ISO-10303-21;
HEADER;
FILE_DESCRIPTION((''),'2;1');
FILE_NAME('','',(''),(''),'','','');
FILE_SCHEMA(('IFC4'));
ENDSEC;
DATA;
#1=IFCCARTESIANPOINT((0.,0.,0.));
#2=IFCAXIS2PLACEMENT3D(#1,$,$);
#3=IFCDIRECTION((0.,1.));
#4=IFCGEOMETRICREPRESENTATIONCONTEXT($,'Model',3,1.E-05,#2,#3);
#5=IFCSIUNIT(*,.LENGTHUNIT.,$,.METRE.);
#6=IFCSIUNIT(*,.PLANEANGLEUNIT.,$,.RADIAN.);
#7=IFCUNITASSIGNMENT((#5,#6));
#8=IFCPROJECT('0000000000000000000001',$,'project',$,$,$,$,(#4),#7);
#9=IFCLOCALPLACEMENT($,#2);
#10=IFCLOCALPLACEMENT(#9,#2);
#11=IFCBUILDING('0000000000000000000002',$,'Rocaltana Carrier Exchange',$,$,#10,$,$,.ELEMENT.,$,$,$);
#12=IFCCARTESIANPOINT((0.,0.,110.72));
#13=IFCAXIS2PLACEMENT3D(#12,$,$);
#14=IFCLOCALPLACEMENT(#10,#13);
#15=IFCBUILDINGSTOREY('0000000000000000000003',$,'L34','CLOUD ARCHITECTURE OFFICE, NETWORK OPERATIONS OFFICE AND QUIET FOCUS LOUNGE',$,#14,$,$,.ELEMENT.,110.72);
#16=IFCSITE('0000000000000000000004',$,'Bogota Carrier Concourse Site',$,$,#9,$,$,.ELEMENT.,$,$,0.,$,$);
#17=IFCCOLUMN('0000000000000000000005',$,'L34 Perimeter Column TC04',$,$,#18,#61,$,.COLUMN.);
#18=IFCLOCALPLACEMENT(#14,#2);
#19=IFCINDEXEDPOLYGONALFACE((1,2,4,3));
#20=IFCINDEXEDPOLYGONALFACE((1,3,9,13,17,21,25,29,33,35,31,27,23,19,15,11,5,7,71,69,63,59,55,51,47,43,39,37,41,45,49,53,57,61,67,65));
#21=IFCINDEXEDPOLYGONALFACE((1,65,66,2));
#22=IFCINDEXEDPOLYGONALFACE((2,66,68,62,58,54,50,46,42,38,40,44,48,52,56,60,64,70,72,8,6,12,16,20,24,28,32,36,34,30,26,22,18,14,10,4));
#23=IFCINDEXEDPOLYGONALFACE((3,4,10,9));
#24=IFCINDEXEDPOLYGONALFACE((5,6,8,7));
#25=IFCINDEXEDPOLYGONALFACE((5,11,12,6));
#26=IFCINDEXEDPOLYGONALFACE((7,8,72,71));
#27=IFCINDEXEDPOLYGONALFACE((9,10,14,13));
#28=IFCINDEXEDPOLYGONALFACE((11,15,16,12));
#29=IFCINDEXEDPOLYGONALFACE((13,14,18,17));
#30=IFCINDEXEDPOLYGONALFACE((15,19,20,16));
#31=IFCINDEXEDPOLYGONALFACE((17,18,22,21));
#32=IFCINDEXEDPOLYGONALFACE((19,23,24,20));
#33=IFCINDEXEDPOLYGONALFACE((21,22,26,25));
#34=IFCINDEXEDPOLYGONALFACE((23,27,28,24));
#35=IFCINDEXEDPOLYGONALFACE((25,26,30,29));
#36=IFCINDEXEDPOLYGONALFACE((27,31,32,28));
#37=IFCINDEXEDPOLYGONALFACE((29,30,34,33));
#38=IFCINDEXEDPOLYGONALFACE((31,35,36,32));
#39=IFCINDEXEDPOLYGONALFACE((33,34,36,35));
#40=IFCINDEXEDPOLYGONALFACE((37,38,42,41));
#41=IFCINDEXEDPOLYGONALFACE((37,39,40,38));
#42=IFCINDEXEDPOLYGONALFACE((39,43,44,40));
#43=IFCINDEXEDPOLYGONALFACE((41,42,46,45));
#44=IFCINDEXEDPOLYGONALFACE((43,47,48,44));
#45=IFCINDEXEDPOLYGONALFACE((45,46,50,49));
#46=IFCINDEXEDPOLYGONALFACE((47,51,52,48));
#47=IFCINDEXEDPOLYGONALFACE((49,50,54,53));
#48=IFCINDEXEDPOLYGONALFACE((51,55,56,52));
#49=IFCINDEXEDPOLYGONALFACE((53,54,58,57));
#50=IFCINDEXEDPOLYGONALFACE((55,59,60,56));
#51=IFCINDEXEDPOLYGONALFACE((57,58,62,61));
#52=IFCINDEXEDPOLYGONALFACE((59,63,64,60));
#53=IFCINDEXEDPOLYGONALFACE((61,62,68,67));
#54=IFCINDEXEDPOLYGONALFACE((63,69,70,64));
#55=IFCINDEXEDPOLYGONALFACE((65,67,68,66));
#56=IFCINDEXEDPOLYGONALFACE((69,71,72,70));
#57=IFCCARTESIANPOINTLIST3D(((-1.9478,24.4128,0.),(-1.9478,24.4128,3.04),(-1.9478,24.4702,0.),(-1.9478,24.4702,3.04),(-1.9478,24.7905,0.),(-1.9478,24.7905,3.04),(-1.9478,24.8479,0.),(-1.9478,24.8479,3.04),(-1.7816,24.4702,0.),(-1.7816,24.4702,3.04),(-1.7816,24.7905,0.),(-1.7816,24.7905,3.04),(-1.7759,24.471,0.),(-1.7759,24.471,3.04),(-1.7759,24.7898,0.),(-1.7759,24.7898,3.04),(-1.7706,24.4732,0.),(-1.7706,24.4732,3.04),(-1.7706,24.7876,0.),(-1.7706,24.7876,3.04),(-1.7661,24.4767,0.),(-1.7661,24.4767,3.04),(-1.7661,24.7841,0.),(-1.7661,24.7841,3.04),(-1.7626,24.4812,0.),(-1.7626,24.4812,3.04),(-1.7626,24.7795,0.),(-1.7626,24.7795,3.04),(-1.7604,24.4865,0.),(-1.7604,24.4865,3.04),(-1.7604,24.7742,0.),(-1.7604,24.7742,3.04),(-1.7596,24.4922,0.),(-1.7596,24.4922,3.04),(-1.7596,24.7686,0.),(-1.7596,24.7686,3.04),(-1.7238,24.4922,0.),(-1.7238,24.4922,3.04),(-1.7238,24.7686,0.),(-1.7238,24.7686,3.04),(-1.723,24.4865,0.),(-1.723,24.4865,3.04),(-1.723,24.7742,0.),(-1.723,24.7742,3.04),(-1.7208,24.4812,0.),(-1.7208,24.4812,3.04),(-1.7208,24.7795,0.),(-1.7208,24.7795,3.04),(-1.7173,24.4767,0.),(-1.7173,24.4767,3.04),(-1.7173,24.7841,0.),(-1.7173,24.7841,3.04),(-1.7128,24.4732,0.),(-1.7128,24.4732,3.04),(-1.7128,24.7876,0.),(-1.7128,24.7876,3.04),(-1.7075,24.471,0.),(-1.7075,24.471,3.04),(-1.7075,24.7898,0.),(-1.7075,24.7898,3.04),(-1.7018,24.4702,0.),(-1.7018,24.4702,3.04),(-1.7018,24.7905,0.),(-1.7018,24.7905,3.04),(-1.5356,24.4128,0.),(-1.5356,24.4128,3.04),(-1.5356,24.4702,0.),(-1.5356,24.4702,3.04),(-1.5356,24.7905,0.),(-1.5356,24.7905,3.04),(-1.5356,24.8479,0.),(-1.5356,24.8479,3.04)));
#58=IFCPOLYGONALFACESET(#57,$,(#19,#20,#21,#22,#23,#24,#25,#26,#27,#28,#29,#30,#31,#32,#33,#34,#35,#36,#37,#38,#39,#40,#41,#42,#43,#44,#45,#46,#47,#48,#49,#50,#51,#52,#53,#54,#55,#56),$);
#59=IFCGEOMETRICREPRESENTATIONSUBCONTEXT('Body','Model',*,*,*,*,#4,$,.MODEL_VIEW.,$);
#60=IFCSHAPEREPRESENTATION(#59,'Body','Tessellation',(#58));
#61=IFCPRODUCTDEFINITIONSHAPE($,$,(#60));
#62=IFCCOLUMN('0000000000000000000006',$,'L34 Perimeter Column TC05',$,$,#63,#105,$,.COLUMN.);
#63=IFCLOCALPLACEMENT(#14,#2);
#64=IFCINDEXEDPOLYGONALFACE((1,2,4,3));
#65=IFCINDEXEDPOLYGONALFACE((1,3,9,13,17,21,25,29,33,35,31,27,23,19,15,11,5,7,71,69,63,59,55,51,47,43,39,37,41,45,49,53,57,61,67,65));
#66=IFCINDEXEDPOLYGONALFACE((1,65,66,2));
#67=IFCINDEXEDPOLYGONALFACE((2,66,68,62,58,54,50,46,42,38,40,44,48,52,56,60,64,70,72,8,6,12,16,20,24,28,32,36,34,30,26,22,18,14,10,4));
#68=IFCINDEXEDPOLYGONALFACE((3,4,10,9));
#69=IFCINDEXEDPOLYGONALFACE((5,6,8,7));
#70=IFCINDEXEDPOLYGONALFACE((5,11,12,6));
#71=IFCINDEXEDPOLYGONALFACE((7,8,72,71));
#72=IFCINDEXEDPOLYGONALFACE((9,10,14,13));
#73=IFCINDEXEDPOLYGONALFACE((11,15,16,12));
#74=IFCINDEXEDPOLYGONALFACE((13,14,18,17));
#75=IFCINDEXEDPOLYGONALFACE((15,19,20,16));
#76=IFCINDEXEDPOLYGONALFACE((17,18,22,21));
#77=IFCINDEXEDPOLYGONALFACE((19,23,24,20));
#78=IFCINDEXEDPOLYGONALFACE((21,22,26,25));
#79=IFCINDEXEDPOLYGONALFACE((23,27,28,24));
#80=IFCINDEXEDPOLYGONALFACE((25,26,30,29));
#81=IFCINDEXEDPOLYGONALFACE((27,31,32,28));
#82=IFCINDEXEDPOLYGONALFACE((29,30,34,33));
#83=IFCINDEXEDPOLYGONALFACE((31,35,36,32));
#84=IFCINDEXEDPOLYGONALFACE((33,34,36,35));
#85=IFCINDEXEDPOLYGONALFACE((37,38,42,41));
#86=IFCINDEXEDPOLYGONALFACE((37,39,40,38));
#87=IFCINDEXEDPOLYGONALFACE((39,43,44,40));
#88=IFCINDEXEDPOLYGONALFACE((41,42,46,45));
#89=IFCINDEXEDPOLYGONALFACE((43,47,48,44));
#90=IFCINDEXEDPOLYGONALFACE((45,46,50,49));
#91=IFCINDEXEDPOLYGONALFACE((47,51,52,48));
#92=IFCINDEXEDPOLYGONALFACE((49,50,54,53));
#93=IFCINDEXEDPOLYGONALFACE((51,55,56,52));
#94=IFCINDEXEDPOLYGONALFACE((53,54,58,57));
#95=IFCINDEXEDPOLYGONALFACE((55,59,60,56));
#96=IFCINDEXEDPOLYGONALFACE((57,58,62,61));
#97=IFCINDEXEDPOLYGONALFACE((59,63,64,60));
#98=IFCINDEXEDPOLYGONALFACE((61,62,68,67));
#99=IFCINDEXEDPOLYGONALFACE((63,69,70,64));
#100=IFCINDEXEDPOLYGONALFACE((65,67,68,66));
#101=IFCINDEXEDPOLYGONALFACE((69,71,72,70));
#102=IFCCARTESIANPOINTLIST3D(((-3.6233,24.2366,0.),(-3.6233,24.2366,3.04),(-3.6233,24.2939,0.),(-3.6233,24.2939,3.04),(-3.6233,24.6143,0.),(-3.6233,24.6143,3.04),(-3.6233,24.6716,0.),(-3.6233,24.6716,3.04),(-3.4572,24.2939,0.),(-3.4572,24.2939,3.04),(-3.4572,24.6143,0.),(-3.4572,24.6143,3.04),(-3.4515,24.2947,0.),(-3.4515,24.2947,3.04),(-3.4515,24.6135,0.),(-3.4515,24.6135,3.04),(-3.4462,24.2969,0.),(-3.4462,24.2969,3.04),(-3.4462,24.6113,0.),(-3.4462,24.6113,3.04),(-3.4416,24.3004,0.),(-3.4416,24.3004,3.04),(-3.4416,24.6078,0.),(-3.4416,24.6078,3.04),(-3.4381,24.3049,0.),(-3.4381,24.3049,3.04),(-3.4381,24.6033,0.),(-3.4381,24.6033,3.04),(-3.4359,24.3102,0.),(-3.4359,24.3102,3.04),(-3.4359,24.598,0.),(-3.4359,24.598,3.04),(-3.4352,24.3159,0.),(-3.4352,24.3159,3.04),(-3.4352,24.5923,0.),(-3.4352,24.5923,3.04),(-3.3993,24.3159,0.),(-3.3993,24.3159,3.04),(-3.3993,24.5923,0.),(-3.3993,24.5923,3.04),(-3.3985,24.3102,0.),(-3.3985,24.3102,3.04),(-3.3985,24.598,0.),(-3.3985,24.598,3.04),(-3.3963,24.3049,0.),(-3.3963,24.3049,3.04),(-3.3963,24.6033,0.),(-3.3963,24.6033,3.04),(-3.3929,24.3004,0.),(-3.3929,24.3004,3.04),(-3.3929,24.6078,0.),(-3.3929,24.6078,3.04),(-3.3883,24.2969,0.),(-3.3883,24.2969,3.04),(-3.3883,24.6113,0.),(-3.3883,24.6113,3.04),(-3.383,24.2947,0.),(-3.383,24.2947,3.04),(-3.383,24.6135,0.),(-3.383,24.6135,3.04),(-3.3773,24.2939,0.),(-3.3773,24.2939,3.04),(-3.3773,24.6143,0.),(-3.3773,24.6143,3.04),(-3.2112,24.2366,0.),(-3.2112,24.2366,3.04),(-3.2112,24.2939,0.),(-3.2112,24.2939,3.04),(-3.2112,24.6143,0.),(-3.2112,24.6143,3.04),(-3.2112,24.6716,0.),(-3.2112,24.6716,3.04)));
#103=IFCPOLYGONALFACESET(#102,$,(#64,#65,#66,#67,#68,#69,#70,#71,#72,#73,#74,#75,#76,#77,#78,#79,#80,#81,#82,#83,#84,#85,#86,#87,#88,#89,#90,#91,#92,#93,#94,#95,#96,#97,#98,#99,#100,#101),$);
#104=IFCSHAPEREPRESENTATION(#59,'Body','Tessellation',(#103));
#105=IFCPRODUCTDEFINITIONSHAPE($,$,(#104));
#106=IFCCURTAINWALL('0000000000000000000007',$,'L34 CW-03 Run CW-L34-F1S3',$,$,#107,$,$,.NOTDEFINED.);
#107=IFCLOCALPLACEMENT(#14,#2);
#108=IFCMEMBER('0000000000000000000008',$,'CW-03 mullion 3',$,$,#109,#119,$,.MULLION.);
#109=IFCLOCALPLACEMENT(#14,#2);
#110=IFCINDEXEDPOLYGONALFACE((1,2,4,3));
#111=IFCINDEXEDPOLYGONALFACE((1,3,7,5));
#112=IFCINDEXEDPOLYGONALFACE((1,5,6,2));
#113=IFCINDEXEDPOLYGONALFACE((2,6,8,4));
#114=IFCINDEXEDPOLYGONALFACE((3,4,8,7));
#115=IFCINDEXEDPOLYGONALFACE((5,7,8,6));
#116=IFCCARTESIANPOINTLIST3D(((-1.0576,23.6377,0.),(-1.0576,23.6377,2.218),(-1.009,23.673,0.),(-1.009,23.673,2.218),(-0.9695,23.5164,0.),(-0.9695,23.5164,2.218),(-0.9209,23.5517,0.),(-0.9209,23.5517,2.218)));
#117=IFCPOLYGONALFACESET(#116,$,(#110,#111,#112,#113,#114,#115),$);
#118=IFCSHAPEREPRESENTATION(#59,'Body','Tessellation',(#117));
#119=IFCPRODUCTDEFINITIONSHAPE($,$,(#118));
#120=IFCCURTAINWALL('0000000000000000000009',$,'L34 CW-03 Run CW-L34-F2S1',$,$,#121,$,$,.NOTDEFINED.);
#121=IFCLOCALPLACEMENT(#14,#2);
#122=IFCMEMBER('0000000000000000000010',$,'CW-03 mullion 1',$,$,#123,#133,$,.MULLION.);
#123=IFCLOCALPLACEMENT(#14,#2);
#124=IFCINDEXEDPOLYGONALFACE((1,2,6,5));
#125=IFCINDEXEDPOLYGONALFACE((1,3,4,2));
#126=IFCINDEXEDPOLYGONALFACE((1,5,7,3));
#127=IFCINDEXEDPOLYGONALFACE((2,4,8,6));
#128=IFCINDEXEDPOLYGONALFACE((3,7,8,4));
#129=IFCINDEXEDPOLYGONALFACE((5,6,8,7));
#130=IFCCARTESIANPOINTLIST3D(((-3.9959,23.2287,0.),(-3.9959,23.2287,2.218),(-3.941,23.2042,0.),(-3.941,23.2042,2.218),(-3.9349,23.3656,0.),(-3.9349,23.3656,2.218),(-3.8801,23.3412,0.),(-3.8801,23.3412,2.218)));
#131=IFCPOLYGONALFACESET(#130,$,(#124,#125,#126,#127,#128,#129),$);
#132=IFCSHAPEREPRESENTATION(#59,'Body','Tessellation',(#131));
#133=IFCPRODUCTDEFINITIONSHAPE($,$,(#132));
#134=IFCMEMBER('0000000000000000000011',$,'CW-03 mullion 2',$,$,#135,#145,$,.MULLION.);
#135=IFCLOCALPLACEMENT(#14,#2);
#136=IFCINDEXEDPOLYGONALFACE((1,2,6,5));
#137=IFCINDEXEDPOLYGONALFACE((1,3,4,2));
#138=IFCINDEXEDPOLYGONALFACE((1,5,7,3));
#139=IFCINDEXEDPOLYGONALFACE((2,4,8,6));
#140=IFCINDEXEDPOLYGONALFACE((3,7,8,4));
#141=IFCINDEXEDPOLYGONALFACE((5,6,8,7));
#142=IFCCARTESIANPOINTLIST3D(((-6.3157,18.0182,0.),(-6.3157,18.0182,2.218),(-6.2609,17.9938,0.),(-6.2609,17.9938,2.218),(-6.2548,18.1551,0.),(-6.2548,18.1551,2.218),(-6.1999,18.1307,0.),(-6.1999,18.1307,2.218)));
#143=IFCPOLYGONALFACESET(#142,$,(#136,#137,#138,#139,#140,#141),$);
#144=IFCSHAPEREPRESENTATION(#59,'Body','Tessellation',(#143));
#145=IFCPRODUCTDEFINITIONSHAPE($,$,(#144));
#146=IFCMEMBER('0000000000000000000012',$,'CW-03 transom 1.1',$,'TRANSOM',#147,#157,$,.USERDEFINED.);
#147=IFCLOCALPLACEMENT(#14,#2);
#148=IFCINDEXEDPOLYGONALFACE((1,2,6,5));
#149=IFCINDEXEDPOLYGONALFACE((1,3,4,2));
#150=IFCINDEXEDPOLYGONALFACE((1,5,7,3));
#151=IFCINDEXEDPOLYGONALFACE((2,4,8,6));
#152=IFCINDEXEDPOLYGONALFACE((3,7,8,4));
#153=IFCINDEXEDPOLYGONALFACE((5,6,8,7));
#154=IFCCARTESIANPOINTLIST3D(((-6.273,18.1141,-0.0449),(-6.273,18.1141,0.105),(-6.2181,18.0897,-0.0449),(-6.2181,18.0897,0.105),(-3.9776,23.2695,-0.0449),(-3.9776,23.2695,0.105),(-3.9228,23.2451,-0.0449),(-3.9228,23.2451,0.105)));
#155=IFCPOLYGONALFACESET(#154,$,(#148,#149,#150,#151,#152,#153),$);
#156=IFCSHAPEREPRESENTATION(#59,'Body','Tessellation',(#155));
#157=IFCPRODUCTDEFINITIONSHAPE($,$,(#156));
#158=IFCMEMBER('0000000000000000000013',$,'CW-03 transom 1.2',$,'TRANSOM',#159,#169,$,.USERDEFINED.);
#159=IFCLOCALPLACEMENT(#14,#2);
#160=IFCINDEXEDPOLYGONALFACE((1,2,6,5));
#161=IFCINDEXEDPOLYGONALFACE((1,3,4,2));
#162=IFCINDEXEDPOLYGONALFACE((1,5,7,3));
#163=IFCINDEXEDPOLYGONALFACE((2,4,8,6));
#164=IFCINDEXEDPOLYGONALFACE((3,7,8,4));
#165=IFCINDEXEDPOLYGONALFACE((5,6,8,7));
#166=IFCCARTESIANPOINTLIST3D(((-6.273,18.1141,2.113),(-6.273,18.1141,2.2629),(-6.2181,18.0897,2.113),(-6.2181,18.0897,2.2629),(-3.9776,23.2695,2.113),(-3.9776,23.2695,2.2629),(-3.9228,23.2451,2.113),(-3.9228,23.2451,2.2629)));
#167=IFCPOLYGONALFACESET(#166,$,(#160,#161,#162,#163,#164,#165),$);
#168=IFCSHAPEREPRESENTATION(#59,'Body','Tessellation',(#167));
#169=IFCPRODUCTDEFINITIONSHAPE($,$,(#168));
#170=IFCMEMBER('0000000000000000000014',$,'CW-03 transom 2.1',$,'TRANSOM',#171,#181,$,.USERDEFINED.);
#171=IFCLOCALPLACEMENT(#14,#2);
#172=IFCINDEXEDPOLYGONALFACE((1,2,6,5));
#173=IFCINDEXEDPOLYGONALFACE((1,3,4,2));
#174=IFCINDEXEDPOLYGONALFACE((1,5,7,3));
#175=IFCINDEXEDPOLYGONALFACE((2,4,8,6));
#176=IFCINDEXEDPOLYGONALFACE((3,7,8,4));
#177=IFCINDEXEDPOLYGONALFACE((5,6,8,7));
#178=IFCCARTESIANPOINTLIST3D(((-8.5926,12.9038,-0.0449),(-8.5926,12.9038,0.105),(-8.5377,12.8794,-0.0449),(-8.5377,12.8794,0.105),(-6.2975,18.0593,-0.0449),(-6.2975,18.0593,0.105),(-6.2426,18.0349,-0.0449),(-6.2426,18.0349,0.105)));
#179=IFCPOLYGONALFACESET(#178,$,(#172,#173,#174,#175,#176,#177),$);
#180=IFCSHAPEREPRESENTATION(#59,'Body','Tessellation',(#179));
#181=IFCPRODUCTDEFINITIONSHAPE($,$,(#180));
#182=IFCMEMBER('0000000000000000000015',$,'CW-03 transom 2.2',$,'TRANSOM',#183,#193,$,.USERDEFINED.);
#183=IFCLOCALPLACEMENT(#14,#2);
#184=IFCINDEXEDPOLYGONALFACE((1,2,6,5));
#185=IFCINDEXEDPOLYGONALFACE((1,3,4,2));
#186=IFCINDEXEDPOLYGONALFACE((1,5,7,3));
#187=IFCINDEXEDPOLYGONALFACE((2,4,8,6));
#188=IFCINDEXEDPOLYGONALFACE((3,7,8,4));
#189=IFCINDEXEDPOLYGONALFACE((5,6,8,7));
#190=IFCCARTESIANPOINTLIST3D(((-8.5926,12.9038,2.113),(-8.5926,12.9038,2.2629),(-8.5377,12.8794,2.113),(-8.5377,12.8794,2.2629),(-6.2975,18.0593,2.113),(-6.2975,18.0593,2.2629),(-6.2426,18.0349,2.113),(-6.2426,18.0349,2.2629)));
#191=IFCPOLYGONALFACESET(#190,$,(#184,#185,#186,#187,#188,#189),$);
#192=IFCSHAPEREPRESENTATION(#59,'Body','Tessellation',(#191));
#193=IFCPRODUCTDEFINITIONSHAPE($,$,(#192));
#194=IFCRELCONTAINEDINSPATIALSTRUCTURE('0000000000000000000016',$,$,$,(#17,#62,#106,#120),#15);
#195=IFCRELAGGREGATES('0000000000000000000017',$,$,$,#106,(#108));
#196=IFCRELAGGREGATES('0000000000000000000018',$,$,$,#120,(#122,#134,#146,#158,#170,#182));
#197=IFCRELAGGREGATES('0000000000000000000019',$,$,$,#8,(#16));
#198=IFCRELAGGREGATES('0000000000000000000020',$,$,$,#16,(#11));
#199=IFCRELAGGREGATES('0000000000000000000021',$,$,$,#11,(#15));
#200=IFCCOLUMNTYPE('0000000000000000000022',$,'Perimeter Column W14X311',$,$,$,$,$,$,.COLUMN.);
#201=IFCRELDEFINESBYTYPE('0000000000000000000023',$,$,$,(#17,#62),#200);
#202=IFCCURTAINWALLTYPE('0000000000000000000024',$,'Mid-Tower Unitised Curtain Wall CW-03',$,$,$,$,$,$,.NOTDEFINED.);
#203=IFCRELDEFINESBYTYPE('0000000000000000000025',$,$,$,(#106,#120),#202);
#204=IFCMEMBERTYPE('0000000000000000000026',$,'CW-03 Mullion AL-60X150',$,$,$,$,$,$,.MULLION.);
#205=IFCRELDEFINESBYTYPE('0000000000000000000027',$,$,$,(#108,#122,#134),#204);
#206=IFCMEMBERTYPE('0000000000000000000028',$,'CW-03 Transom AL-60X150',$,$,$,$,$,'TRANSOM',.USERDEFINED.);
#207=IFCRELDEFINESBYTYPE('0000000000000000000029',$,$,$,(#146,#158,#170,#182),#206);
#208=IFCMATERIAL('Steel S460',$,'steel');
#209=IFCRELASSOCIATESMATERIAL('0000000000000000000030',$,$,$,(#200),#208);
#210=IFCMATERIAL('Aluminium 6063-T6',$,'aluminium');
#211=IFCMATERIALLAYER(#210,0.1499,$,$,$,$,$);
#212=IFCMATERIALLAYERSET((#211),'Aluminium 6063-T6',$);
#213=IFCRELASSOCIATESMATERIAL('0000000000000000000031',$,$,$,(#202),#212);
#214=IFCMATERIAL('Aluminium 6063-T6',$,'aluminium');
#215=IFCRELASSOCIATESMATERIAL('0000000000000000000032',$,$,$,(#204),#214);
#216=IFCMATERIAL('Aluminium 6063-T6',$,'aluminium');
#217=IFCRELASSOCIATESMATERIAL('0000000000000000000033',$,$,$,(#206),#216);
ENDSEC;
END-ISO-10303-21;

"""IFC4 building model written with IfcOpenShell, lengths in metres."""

from ifc_helpers import new_model, si_unit, direction, frame, origin, origin_2d, place, context, subcontext, project, spatial, rectangle, i_section, extrude, material, layer, layer_set, material_profile, profile_set, type_object, element, aggregate, save


model = new_model("IFC4")

# Units and contexts
model_context = context("Model", 3, precision=1e-05, world=origin(), true_north=direction((0.0, 1.0)))
body_context = subcontext(model_context, "Body", "Model", "MODEL_VIEW")
ifc_project = project(units=[si_unit("LENGTHUNIT", "METRE"), si_unit("PLANEANGLEUNIT", "RADIAN")], contexts=[model_context])

# Site, building, storey
site_placement = place(None, origin())
site = spatial("IfcSite", under=ifc_project, at=site_placement, Name="Bogota Carrier Concourse Site", CompositionType="ELEMENT", RefElevation=0.0)
building_placement = place(site_placement, origin())
building = spatial("IfcBuilding", under=site, at=building_placement, Name="Rocaltana Carrier Exchange", CompositionType="ELEMENT")
storey_placement = place(building_placement, frame((0.0, 0.0, 110.72)))
storey = spatial("IfcBuildingStorey", under=building, at=storey_placement, Name="L34", Description="CLOUD ARCHITECTURE OFFICE, NETWORK OPERATIONS OFFICE AND QUIET FOCUS LOUNGE", CompositionType="ELEMENT", Elevation=110.72)

# Columns
ifc_material_1 = material(Name="Steel S460", Category="steel")
ifc_material_profile_1 = material_profile(ifc_material_1, i_section(OverallWidth=0.4121, OverallDepth=0.4351, WebThickness=0.0359, FlangeThickness=0.0574, FilletRadius=0.022, at=origin_2d()), Name="W14X311")
ifc_profile_set_1 = profile_set([ifc_material_profile_1], Name="Steel S460")
column_type = type_object("IfcColumnType", Name="Perimeter Column W14X311", PredefinedType="COLUMN", material=ifc_profile_set_1)
for number, where, z_axis, x_axis, name in (
    (1, (-1.7417, 24.6304, 0.0), (0.0, 0.0, 1.0), (1.0, 0.0, 0.0), "L34 Perimeter Column TC04"),
    (2, (-3.4172, 24.4541, 0.0), (0.0, 0.0, 1.0), (1.0, 0.0, 0.0), "L34 Perimeter Column TC05"),
):
    element("IfcColumn", number, at=place(storey_placement, frame(where, z_axis=z_axis, x_axis=x_axis)), inside=storey, type_object=column_type, Name=name, PredefinedType="COLUMN", context=body_context, shape_type="SweptSolid", body=[
        extrude(i_section(OverallWidth=0.4121, OverallDepth=0.4351, WebThickness=0.0359, FlangeThickness=0.0574, FilletRadius=0.022, at=origin_2d()), origin(), (0.0, 0.0, 1.0), 3.04),
    ])

# Curtain wall, member
ifc_material_2 = material(Name="Aluminium 6063-T6", Category="aluminium")
ifc_layer_1 = layer(ifc_material_2, 0.1499)
ifc_layer_set_1 = layer_set([ifc_layer_1], Name="Aluminium 6063-T6")
curtain_wall_type = type_object("IfcCurtainWallType", Name="Mid-Tower Unitised Curtain Wall CW-03", PredefinedType="NOTDEFINED", material=ifc_layer_set_1)
curtain_wall_1_placement = place(storey_placement, origin())
curtain_wall_1 = element("IfcCurtainWall", 3, at=curtain_wall_1_placement, inside=storey, type_object=curtain_wall_type, Name="L34 CW-03 Run CW-L34-F1S3", PredefinedType="NOTDEFINED")
ifc_material_3 = material(Name="Aluminium 6063-T6", Category="aluminium")
ifc_material_profile_2 = material_profile(ifc_material_3, rectangle(XDim=0.0601, YDim=0.1499, at=origin_2d()), Name="AL-60X150")
ifc_profile_set_2 = profile_set([ifc_material_profile_2], Name="Aluminium 6063-T6")
member_type_1 = type_object("IfcMemberType", Name="CW-03 Mullion AL-60X150", PredefinedType="MULLION", material=ifc_profile_set_2)
member_1_placement = place(storey_placement, frame((-0.9893, 23.5947, 0.0), z_axis=(0.0, 0.0, 1.0), x_axis=(-0.809014, -0.58779, 0.0)))
member_1 = element("IfcMember", 4, at=member_1_placement, type_object=member_type_1, Name="CW-03 mullion 3", PredefinedType="MULLION", context=body_context, shape_type="SweptSolid", body=[
    extrude(rectangle(XDim=0.0601, YDim=0.1499, at=origin_2d()), origin(), (0.0, 0.0, 1.0), 2.218),
])
aggregate(curtain_wall_1, [member_1])

# Curtain wall, members
curtain_wall_2_placement = place(storey_placement, origin())
curtain_wall_2 = element("IfcCurtainWall", 5, at=curtain_wall_2_placement, inside=storey, type_object=curtain_wall_type, Name="L34 CW-03 Run CW-L34-F2S1", PredefinedType="NOTDEFINED")
member_2_placement = place(storey_placement, frame((-3.938, 23.2849, 0.0), z_axis=(0.0, 0.0, 1.0), x_axis=(0.913544, -0.40674, 0.0)))
member_2 = element("IfcMember", 6, at=member_2_placement, type_object=member_type_1, Name="CW-03 mullion 1", PredefinedType="MULLION", context=body_context, shape_type="SweptSolid", body=[
    extrude(rectangle(XDim=0.0601, YDim=0.1499, at=origin_2d()), origin(), (0.0, 0.0, 1.0), 2.218),
])
member_3_placement = place(storey_placement, frame((-6.2578, 18.0745, 0.0), z_axis=(0.0, 0.0, 1.0), x_axis=(0.913544, -0.40674, 0.0)))
member_3 = element("IfcMember", 7, at=member_3_placement, type_object=member_type_1, Name="CW-03 mullion 2", PredefinedType="MULLION", context=body_context, shape_type="SweptSolid", body=[
    extrude(rectangle(XDim=0.0601, YDim=0.1499, at=origin_2d()), origin(), (0.0, 0.0, 1.0), 2.218),
])
ifc_material_4 = material(Name="Aluminium 6063-T6", Category="aluminium")
ifc_material_profile_3 = material_profile(ifc_material_4, rectangle(XDim=0.0601, YDim=0.1499, at=origin_2d()), Name="AL-60X150")
ifc_profile_set_3 = profile_set([ifc_material_profile_3], Name="Aluminium 6063-T6")
member_type_2 = type_object("IfcMemberType", Name="CW-03 Transom AL-60X150", ElementType="TRANSOM", PredefinedType="USERDEFINED", material=ifc_profile_set_3)
member_4_placement = place(storey_placement, frame((-3.9502, 23.2573, 0.03), z_axis=(-0.40674, -0.913544, 0.0), x_axis=(0.913544, -0.40674, 0.0)))
member_4 = element("IfcMember", 8, at=member_4_placement, type_object=member_type_2, Name="CW-03 transom 1.1", ObjectType="TRANSOM", PredefinedType="USERDEFINED", context=body_context, shape_type="SweptSolid", body=[
    extrude(rectangle(XDim=0.0601, YDim=0.1499, at=origin_2d()), origin(), (0.0, 0.0, 1.0), 5.6433),
])
member_5_placement = place(storey_placement, frame((-3.9502, 23.2573, 2.188), z_axis=(-0.40674, -0.913544, 0.0), x_axis=(0.913544, -0.40674, 0.0)))
member_5 = element("IfcMember", 9, at=member_5_placement, type_object=member_type_2, Name="CW-03 transom 1.2", ObjectType="TRANSOM", PredefinedType="USERDEFINED", context=body_context, shape_type="SweptSolid", body=[
    extrude(rectangle(XDim=0.0601, YDim=0.1499, at=origin_2d()), origin(), (0.0, 0.0, 1.0), 5.6433),
])
member_6_placement = place(storey_placement, frame((-6.27, 18.0471, 0.03), z_axis=(-0.406704, -0.91356, 0.0), x_axis=(0.91356, -0.406704, 0.0)))
member_6 = element("IfcMember", 10, at=member_6_placement, type_object=member_type_2, Name="CW-03 transom 2.1", ObjectType="TRANSOM", PredefinedType="USERDEFINED", context=body_context, shape_type="SweptSolid", body=[
    extrude(rectangle(XDim=0.0601, YDim=0.1499, at=origin_2d()), origin(), (0.0, 0.0, 1.0), 5.6433),
])
member_7_placement = place(storey_placement, frame((-6.27, 18.0471, 2.188), z_axis=(-0.406704, -0.91356, 0.0), x_axis=(0.91356, -0.406704, 0.0)))
member_7 = element("IfcMember", 11, at=member_7_placement, type_object=member_type_2, Name="CW-03 transom 2.2", ObjectType="TRANSOM", PredefinedType="USERDEFINED", context=body_context, shape_type="SweptSolid", body=[
    extrude(rectangle(XDim=0.0601, YDim=0.1499, at=origin_2d()), origin(), (0.0, 0.0, 1.0), 5.6433),
])

aggregate(curtain_wall_2, [member_2, member_3, member_4, member_5, member_6, member_7])

save(model, "model.ifc")
